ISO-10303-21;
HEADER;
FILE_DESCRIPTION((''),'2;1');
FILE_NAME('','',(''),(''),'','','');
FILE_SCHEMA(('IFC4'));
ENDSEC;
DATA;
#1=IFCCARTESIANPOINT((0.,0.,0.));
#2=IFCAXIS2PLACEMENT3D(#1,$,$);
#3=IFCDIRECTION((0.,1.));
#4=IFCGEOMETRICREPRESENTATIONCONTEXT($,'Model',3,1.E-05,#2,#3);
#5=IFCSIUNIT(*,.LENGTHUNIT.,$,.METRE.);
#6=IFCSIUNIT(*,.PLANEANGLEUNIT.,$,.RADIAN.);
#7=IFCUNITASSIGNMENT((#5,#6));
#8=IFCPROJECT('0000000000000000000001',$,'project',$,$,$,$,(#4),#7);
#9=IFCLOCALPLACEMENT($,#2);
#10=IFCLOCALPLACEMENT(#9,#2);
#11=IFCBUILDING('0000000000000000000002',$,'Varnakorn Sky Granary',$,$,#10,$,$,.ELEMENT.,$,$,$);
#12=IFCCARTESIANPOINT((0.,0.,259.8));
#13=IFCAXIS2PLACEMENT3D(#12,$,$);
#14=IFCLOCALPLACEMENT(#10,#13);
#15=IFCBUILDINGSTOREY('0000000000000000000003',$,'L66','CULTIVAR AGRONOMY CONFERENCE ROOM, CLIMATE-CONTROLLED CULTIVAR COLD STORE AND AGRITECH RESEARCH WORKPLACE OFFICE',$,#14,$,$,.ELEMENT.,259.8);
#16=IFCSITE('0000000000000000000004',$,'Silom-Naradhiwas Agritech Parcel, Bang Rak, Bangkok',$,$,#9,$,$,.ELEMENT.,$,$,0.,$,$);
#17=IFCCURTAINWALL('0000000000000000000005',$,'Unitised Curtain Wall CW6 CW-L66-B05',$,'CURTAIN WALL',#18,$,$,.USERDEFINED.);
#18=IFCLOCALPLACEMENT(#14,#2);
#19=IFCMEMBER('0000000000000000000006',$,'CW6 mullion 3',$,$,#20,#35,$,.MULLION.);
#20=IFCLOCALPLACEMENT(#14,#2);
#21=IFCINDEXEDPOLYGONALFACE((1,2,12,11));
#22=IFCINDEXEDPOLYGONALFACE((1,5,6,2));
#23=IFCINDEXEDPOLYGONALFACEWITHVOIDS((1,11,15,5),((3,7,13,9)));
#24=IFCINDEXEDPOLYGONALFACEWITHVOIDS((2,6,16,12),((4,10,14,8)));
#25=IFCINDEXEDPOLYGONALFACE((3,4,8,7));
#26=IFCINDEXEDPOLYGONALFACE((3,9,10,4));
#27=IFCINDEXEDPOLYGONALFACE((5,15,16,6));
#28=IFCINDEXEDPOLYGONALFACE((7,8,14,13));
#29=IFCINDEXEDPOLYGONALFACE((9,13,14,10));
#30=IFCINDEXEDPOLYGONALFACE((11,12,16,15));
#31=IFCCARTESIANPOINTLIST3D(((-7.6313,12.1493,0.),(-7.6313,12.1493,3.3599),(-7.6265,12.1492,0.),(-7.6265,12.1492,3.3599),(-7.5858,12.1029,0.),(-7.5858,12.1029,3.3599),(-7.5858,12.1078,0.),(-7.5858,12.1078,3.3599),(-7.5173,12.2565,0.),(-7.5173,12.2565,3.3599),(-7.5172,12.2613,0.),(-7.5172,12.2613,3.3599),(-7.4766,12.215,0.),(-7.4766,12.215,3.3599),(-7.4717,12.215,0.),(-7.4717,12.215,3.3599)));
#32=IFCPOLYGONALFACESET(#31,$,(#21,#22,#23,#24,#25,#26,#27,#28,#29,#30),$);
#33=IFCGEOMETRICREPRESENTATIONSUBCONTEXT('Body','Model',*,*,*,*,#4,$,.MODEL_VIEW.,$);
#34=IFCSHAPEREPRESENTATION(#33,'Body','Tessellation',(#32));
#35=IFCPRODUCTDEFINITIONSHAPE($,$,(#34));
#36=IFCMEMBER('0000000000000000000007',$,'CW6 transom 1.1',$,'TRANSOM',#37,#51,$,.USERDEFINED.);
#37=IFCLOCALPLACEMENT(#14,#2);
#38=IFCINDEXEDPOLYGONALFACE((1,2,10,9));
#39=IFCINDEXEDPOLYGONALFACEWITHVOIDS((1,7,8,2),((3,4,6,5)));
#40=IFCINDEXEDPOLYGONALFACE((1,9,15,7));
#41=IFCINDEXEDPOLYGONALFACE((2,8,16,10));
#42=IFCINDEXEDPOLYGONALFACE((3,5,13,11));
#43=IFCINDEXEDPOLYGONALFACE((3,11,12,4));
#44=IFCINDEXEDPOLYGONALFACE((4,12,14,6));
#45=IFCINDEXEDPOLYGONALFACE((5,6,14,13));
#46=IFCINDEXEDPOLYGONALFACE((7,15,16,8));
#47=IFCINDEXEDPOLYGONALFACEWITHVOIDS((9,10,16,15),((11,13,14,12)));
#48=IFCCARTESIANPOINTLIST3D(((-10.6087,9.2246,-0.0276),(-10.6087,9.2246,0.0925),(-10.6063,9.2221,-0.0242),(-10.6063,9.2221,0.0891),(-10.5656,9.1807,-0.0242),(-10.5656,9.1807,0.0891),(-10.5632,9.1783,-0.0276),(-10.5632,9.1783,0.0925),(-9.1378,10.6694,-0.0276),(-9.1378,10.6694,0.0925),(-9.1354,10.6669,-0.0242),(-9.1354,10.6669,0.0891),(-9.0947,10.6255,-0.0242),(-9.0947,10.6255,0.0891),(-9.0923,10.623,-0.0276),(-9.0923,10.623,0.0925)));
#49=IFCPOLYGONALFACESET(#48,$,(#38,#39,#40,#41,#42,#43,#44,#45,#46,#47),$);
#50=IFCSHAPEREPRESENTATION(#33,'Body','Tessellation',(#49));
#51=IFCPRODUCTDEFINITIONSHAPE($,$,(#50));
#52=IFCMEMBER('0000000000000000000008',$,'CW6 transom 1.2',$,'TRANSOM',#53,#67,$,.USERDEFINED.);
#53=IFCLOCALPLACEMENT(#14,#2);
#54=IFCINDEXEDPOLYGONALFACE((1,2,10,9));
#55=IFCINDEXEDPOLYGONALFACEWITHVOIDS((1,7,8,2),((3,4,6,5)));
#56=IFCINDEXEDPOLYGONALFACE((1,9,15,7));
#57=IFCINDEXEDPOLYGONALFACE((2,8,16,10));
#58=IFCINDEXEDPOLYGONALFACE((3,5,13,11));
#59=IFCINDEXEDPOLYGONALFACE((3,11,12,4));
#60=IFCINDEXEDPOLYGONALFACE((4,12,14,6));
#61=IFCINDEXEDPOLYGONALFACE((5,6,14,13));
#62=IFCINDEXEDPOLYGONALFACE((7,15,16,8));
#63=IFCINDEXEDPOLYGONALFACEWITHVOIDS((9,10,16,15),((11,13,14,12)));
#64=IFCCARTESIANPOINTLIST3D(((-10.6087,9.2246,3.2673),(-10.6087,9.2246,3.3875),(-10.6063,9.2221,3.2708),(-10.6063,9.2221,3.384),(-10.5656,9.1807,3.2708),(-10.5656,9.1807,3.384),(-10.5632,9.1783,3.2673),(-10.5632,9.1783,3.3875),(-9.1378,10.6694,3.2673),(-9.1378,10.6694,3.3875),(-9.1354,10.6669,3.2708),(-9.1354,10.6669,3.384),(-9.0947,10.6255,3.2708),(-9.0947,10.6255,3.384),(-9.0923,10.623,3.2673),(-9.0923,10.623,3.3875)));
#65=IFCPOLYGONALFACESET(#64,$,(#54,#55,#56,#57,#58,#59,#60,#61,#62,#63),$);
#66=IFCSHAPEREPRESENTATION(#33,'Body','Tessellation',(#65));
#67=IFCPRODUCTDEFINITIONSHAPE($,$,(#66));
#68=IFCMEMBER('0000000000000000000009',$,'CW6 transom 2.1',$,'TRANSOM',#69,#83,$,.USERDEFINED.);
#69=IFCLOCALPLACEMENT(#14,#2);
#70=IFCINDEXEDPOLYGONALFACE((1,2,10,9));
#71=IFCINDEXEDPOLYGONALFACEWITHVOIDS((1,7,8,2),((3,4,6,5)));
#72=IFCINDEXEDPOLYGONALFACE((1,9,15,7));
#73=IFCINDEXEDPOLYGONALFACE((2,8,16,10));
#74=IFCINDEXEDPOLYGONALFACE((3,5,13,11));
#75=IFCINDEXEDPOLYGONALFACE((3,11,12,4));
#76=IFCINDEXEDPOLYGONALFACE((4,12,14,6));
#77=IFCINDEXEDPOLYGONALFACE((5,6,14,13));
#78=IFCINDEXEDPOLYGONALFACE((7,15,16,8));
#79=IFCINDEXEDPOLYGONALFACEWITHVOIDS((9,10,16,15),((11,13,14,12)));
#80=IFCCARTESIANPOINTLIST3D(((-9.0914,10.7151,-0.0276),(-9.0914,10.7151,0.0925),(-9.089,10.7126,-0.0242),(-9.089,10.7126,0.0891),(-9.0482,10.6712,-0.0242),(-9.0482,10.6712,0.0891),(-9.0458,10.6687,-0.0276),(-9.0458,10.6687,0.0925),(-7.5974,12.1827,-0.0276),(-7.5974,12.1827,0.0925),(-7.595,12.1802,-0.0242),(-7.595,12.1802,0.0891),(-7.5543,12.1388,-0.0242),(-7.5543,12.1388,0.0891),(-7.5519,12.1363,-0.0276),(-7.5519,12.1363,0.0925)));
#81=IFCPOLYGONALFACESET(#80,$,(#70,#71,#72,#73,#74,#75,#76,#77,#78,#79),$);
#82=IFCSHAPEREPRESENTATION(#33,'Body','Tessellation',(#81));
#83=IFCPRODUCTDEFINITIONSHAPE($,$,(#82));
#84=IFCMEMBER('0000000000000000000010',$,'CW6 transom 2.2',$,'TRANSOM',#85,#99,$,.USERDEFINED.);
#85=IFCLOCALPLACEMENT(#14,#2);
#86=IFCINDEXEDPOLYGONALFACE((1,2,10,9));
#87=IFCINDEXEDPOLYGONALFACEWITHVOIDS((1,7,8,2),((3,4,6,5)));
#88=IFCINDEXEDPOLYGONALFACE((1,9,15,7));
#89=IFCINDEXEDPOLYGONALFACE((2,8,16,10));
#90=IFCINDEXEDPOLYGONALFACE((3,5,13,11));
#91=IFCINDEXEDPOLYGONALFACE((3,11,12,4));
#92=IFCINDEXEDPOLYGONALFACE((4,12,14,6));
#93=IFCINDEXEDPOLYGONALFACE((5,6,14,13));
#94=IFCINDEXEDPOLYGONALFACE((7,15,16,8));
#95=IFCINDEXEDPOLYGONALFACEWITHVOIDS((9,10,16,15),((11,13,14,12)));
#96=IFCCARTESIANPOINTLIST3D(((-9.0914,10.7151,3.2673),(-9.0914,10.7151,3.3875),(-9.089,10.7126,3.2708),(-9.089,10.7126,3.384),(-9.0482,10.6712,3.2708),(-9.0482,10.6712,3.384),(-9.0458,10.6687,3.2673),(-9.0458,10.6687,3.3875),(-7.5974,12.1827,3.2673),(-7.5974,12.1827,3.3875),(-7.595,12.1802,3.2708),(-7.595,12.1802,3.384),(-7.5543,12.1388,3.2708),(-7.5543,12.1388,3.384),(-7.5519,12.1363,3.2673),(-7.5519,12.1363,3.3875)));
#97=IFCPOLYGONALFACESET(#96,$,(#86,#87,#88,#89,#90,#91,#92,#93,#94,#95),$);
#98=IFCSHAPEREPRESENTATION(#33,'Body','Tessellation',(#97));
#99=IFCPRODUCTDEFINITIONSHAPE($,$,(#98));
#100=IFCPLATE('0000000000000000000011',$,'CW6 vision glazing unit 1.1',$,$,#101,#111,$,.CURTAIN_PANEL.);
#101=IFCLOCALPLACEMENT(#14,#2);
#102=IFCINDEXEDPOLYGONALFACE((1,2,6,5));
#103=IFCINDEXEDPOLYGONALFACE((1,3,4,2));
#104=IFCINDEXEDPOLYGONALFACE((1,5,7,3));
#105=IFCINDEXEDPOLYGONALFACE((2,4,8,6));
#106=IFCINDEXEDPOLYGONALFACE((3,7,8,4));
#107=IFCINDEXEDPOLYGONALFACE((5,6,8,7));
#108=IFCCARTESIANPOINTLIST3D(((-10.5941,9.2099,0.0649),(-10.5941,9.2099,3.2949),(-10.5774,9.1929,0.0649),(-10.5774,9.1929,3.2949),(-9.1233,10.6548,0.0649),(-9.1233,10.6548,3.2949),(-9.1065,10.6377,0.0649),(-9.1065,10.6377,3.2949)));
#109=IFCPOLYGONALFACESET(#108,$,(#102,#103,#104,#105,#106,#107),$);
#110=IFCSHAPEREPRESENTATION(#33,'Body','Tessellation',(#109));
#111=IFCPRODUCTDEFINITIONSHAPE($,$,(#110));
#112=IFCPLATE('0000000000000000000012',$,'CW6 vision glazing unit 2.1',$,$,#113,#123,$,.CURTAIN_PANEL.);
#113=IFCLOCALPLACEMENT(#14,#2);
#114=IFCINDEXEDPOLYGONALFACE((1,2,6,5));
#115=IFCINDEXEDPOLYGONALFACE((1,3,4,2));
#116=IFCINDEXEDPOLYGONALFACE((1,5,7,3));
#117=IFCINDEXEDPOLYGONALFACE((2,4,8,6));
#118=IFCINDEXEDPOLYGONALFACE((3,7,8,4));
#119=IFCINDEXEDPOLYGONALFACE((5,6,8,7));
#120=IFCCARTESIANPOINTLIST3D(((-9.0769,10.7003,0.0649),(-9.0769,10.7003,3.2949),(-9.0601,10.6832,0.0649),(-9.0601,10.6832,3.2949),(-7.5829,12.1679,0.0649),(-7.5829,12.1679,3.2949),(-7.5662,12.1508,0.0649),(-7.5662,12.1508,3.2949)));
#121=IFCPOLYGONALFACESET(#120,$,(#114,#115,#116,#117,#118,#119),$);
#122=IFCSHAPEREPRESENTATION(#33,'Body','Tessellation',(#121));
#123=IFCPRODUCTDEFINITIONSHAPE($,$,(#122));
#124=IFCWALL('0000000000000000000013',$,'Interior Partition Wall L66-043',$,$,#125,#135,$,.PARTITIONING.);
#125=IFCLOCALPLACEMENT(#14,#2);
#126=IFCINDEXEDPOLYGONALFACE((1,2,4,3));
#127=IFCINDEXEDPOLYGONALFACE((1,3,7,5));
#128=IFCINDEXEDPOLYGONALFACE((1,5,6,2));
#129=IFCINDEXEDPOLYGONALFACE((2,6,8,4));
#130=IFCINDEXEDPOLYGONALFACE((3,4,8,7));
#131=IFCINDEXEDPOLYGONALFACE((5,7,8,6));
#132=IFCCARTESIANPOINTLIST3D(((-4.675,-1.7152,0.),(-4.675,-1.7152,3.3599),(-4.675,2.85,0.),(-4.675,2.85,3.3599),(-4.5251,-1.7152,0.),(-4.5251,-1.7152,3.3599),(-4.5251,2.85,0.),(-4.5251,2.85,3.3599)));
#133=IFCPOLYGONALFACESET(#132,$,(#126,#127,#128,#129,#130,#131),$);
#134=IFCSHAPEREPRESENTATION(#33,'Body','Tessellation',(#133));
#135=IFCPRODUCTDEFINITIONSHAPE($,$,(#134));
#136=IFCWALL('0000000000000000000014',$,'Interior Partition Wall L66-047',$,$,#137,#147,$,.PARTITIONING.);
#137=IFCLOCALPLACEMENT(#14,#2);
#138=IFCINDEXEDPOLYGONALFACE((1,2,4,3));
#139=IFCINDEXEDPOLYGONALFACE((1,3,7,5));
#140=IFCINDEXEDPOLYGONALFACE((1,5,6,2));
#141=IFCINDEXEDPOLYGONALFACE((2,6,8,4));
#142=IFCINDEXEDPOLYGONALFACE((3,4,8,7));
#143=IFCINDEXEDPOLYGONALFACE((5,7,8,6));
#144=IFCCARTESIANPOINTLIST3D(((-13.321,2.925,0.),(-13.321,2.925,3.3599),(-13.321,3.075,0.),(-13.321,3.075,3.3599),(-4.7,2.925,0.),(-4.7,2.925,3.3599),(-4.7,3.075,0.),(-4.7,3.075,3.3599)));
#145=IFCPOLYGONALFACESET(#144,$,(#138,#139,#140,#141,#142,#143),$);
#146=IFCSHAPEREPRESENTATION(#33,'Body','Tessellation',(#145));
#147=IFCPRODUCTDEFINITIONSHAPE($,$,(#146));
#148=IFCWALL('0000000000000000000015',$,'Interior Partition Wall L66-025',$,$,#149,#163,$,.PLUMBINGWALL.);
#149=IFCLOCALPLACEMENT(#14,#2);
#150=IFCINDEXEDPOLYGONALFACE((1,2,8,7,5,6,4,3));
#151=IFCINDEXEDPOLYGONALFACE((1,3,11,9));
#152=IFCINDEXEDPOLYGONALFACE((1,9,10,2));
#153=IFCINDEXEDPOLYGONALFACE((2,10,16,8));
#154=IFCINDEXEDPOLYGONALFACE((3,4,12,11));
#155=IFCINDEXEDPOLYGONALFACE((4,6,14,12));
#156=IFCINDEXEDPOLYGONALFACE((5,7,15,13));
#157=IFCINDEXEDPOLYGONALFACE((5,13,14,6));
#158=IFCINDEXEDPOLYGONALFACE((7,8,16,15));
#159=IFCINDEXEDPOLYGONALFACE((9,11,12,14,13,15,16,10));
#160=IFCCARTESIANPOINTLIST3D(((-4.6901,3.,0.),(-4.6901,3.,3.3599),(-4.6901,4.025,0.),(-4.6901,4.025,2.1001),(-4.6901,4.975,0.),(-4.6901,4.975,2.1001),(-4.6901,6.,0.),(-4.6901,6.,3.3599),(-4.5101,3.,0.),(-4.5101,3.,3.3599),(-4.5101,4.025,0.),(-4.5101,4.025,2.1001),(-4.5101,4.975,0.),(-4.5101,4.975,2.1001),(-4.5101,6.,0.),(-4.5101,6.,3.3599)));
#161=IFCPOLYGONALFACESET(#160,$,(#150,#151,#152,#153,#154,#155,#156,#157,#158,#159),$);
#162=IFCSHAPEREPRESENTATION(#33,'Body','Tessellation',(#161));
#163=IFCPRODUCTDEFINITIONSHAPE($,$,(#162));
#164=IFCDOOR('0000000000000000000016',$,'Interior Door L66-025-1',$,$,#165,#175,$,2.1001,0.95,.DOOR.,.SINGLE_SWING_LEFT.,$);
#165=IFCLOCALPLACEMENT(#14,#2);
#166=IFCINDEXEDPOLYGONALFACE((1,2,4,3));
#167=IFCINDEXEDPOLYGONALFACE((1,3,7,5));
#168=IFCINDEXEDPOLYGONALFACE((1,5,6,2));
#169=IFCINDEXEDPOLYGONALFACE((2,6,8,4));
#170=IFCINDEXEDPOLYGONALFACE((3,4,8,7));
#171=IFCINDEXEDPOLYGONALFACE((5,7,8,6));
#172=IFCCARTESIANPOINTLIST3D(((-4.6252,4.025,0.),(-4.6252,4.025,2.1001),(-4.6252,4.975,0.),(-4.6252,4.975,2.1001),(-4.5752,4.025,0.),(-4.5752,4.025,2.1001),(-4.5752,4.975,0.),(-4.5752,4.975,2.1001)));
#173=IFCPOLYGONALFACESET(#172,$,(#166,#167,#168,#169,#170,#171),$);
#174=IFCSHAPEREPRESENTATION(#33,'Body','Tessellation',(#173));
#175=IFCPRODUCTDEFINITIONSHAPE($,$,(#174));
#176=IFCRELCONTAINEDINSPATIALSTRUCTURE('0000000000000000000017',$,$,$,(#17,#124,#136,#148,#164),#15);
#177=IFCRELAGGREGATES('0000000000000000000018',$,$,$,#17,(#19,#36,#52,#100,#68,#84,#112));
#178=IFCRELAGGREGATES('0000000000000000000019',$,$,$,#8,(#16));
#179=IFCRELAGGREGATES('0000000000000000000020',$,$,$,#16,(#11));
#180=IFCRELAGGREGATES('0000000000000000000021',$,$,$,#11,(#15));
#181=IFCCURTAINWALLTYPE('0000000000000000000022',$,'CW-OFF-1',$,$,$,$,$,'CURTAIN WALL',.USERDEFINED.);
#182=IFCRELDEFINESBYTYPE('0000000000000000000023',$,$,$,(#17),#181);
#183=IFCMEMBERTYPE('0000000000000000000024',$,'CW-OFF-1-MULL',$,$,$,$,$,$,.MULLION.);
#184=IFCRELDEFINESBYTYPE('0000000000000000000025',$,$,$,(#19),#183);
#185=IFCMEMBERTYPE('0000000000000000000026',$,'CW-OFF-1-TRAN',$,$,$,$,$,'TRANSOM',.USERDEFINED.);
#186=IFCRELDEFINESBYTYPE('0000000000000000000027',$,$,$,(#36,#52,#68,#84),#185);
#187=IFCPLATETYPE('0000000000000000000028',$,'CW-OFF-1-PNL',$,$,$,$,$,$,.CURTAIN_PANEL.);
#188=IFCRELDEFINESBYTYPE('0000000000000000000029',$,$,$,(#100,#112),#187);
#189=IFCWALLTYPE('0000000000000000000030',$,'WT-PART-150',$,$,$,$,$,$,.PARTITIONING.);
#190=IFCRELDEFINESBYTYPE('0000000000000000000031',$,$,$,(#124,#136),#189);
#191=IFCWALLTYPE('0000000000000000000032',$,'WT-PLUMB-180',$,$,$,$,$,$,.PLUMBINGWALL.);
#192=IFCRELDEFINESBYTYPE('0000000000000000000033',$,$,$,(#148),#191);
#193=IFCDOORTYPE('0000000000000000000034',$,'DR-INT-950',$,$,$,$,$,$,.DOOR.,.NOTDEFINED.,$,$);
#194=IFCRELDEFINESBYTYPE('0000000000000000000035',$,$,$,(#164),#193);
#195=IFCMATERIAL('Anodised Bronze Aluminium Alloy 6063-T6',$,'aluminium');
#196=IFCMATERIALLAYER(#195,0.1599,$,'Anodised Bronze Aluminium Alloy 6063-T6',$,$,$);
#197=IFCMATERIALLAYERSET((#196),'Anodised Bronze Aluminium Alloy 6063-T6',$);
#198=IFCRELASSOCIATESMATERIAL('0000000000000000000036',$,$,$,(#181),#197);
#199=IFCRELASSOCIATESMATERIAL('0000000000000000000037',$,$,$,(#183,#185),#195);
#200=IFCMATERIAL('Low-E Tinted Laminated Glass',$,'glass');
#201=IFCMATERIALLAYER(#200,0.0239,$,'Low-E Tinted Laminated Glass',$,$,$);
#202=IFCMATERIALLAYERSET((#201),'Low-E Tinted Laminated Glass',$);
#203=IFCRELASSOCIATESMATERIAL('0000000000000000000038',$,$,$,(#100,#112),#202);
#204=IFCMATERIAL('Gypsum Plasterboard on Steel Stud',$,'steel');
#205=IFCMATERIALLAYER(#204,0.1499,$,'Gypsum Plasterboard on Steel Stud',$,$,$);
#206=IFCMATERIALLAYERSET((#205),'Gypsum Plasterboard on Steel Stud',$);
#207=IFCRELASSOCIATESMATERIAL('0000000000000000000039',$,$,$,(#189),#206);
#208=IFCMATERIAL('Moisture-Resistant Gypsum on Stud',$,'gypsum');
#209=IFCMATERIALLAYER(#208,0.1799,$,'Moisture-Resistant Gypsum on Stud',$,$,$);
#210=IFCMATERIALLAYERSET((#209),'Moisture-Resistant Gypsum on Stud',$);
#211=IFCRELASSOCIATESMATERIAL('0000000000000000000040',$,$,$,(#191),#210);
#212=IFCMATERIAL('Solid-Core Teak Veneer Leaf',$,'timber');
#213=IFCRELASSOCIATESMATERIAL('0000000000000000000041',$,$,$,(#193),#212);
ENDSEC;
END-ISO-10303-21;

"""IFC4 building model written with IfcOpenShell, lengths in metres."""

from ifc_helpers import new_model, si_unit, direction, frame, frame_2d, origin, origin_2d, place, context, subcontext, project, spatial, rectangle, hollow_rectangle, extrude, source, transform, mapped, material, layer, layer_set, material_profile, profile_set, type_object, type_shapes, element, fill, aggregate, save


model = new_model("IFC4")

# Units and contexts
model_context = context("Model", 3, precision=1e-05, world=origin(), true_north=direction((0.0, 1.0)))
body_context = subcontext(model_context, "Body", "Model", "MODEL_VIEW")
ifc_project = project(units=[si_unit("LENGTHUNIT", "METRE"), si_unit("PLANEANGLEUNIT", "RADIAN")], contexts=[model_context])

# Site, building, storey
site_placement = place(None, origin())
site = spatial("IfcSite", under=ifc_project, at=site_placement, Name="Silom-Naradhiwas Agritech Parcel, Bang Rak, Bangkok", CompositionType="ELEMENT", RefElevation=0.0)
building_placement = place(site_placement, origin())
building = spatial("IfcBuilding", under=site, at=building_placement, Name="Varnakorn Sky Granary", CompositionType="ELEMENT")
storey_placement = place(building_placement, frame((0.0, 0.0, 259.8)))
storey = spatial("IfcBuildingStorey", under=building, at=storey_placement, Name="L66", Description="CULTIVAR AGRONOMY CONFERENCE ROOM, CLIMATE-CONTROLLED CULTIVAR COLD STORE AND AGRITECH RESEARCH WORKPLACE OFFICE", CompositionType="ELEMENT", Elevation=259.8)

# Curtain wall, members, plates
ifc_material_1 = material(Name="Anodised Bronze Aluminium Alloy 6063-T6", Category="aluminium")
ifc_layer_1 = layer(ifc_material_1, 0.1599, Name="Anodised Bronze Aluminium Alloy 6063-T6")
ifc_layer_set_1 = layer_set([ifc_layer_1], Name="Anodised Bronze Aluminium Alloy 6063-T6")
curtain_wall_type = type_object("IfcCurtainWallType", Name="CW-OFF-1", ElementType="CURTAIN WALL", PredefinedType="USERDEFINED", material=ifc_layer_set_1)
curtain_wall_placement = place(storey_placement, origin())
curtain_wall = element("IfcCurtainWall", 1, at=curtain_wall_placement, inside=storey, type_object=curtain_wall_type, Name="Unitised Curtain Wall CW6 CW-L66-B05", ObjectType="CURTAIN WALL", PredefinedType="USERDEFINED")
ifc_material_profile_1 = material_profile(ifc_material_1, hollow_rectangle(XDim=0.0649, YDim=0.1599, WallThickness=0.0034, at=origin_2d()), Name="ALU MULL 65x160")
ifc_profile_set_1 = profile_set([ifc_material_profile_1], Name="Anodised Bronze Aluminium Alloy 6063-T6")
member_type_1 = type_object("IfcMemberType", Name="CW-OFF-1-MULL", PredefinedType="MULLION", material=ifc_profile_set_1)
member_1_placement = place(storey_placement, frame((-7.5515, 12.1821, 0.0), z_axis=(0.0, 0.0, 1.0), x_axis=(-0.700774, 0.713383, 0.0)))
member_1 = element("IfcMember", 2, at=member_1_placement, type_object=member_type_1, Name="CW6 mullion 3", PredefinedType="MULLION", context=body_context, shape_type="SweptSolid", body=[
    extrude(hollow_rectangle(XDim=0.0649, YDim=0.1599, WallThickness=0.0034, at=origin_2d()), origin(), (0.0, 0.0, 1.0), 3.3599),
])
ifc_material_profile_2 = material_profile(ifc_material_1, hollow_rectangle(XDim=0.0649, YDim=0.1201, WallThickness=0.0034, at=origin_2d()), Name="ALU TRAN 65x120")
ifc_profile_set_2 = profile_set([ifc_material_profile_2], Name="Anodised Bronze Aluminium Alloy 6063-T6")
member_type_2 = type_object("IfcMemberType", Name="CW-OFF-1-TRAN", ElementType="TRANSOM", PredefinedType="USERDEFINED", material=ifc_profile_set_2)
member_2_placement = place(storey_placement, frame((-10.5859, 9.2014, 0.0325), z_axis=(0.713413, 0.700744, 0.0), x_axis=(-0.700744, 0.713413, 0.0)))
member_2 = element("IfcMember", 3, at=member_2_placement, type_object=member_type_2, Name="CW6 transom 1.1", ObjectType="TRANSOM", PredefinedType="USERDEFINED", context=body_context, shape_type="SweptSolid", body=[
    extrude(hollow_rectangle(XDim=0.0649, YDim=0.1201, WallThickness=0.0034, at=origin_2d()), origin(), (0.0, 0.0, 1.0), 2.0618),
])
member_3_placement = place(storey_placement, frame((-10.5859, 9.2014, 3.3274), z_axis=(0.713413, 0.700744, 0.0), x_axis=(-0.700744, 0.713413, 0.0)))
member_3 = element("IfcMember", 4, at=member_3_placement, type_object=member_type_2, Name="CW6 transom 1.2", ObjectType="TRANSOM", PredefinedType="USERDEFINED", context=body_context, shape_type="SweptSolid", body=[
    extrude(hollow_rectangle(XDim=0.0649, YDim=0.1201, WallThickness=0.0034, at=origin_2d()), origin(), (0.0, 0.0, 1.0), 2.0618),
])
member_4_placement = place(storey_placement, frame((-9.0686, 10.6919, 0.0325), z_axis=(0.713374, 0.700783, 0.0), x_axis=(-0.700783, 0.713374, 0.0)))
member_4 = element("IfcMember", 5, at=member_4_placement, type_object=member_type_2, Name="CW6 transom 2.1", ObjectType="TRANSOM", PredefinedType="USERDEFINED", context=body_context, shape_type="SweptSolid", body=[
    extrude(hollow_rectangle(XDim=0.0649, YDim=0.1201, WallThickness=0.0034, at=origin_2d()), origin(), (0.0, 0.0, 1.0), 2.0942),
])
member_5_placement = place(storey_placement, frame((-9.0686, 10.6919, 3.3274), z_axis=(0.713374, 0.700783, 0.0), x_axis=(-0.700783, 0.713374, 0.0)))
member_5 = element("IfcMember", 6, at=member_5_placement, type_object=member_type_2, Name="CW6 transom 2.2", ObjectType="TRANSOM", PredefinedType="USERDEFINED", context=body_context, shape_type="SweptSolid", body=[
    extrude(hollow_rectangle(XDim=0.0649, YDim=0.1201, WallThickness=0.0034, at=origin_2d()), origin(), (0.0, 0.0, 1.0), 2.0942),
])
ifc_material_2 = material(Name="Low-E Tinted Laminated Glass", Category="glass")
ifc_layer_2 = layer(ifc_material_2, 0.0239, Name="Low-E Tinted Laminated Glass")
ifc_layer_set_2 = layer_set([ifc_layer_2], Name="Low-E Tinted Laminated Glass")
plate_type = type_object("IfcPlateType", Name="CW-OFF-1-PNL", PredefinedType="CURTAIN_PANEL")
shared_shape_1 = source(origin(), body_context, "Body", "SweptSolid", [
    extrude(rectangle(XDim=2.0618, YDim=0.0239, at=origin_2d()), origin(), (0.0, 0.0, 1.0), 3.23),
])
plate_1_placement = place(storey_placement, frame((-9.8503, 9.9238, 0.0649), z_axis=(0.0, 0.0, 1.0), x_axis=(0.713383, 0.700774, 0.0)))
plate_1 = element("IfcPlate", 7, at=plate_1_placement, type_object=plate_type, material=ifc_layer_set_2, Name="CW6 vision glazing unit 1.1", PredefinedType="CURTAIN_PANEL", context=body_context, shape_type="MappedRepresentation", body=[
    mapped(shared_shape_1, transform((0.0, 0.0, 0.0), x_axis=(1.0, 0.0, 0.0), y_axis=(0.0, 1.0, 0.0), z_axis=(0.0, 0.0, 1.0), scale=1.0)),
])
shared_shape_2 = source(origin(), body_context, "Body", "SweptSolid", [
    extrude(rectangle(XDim=2.0942, YDim=0.0239, at=origin_2d()), origin(), (0.0, 0.0, 1.0), 3.23),
])
type_shapes(plate_type, [shared_shape_1, shared_shape_2])
plate_2_placement = place(storey_placement, frame((-8.3215, 11.4255, 0.0649), z_axis=(0.0, 0.0, 1.0), x_axis=(0.713383, 0.700774, 0.0)))
plate_2 = element("IfcPlate", 8, at=plate_2_placement, type_object=plate_type, material=ifc_layer_set_2, Name="CW6 vision glazing unit 2.1", PredefinedType="CURTAIN_PANEL", context=body_context, shape_type="MappedRepresentation", body=[
    mapped(shared_shape_2, transform((0.0, 0.0, 0.0), x_axis=(1.0, 0.0, 0.0), y_axis=(0.0, 1.0, 0.0), z_axis=(0.0, 0.0, 1.0), scale=1.0)),
])
aggregate(curtain_wall, [member_1, member_2, member_3, plate_1, member_4, member_5, plate_2])

# Walls
ifc_material_3 = material(Name="Gypsum Plasterboard on Steel Stud", Category="steel")
ifc_layer_3 = layer(ifc_material_3, 0.1499, Name="Gypsum Plasterboard on Steel Stud")
ifc_layer_set_3 = layer_set([ifc_layer_3], Name="Gypsum Plasterboard on Steel Stud")
wall_type_1 = type_object("IfcWallType", Name="WT-PART-150", PredefinedType="PARTITIONING", material=ifc_layer_set_3)
wall_1_placement = place(storey_placement, frame((-4.6001, 2.8501, 0.0), z_axis=(0.0, 0.0, 1.0), x_axis=(0.0, -1.0, 0.0)))
element("IfcWall", 9, at=wall_1_placement, inside=storey, type_object=wall_type_1, Name="Interior Partition Wall L66-043", PredefinedType="PARTITIONING", context=body_context, shape_type="SweptSolid", body=[
    extrude(rectangle(XDim=4.5652, YDim=0.1499, at=frame_2d((2.2827, 0.0))), origin(), (0.0, 0.0, 1.0), 3.3599),
])
wall_2_placement = place(storey_placement, frame((-13.321, 3.0, 0.0), z_axis=(0.0, 0.0, 1.0), x_axis=(1.0, 0.0, 0.0)))
element("IfcWall", 10, at=wall_2_placement, inside=storey, type_object=wall_type_1, Name="Interior Partition Wall L66-047", PredefinedType="PARTITIONING", context=body_context, shape_type="SweptSolid", body=[
    extrude(rectangle(XDim=8.6211, YDim=0.1499, at=frame_2d((4.3105, 0.0))), origin(), (0.0, 0.0, 1.0), 3.3599),
])

# Wall, opening, door
ifc_material_4 = material(Name="Moisture-Resistant Gypsum on Stud", Category="gypsum")
ifc_layer_4 = layer(ifc_material_4, 0.1799, Name="Moisture-Resistant Gypsum on Stud")
ifc_layer_set_4 = layer_set([ifc_layer_4], Name="Moisture-Resistant Gypsum on Stud")
wall_type_2 = type_object("IfcWallType", Name="WT-PLUMB-180", PredefinedType="PLUMBINGWALL", material=ifc_layer_set_4)
wall_3_placement = place(storey_placement, frame((-4.6001, 6.0, 0.0), z_axis=(0.0, 0.0, 1.0), x_axis=(0.0, -1.0, 0.0)))
wall_3 = element("IfcWall", 11, at=wall_3_placement, inside=storey, type_object=wall_type_2, Name="Interior Partition Wall L66-025", PredefinedType="PLUMBINGWALL", context=body_context, shape_type="SweptSolid", body=[
    extrude(rectangle(XDim=3.0, YDim=0.1799, at=frame_2d((1.5, 0.0))), origin(), (0.0, 0.0, 1.0), 3.3599),
])
opening_placement = place(wall_3_placement, frame((1.0249, 0.0, 0.0)))
opening = element("IfcOpeningElement", 12, at=opening_placement, cuts=wall_3, PredefinedType="OPENING", context=body_context, shape_type="SweptSolid", body=[
    extrude(rectangle(XDim=0.95, YDim=2.1001, at=frame_2d((0.4751, 1.05))), frame((0.0, 0.1001, 0.0), z_axis=(0.0, -1.0, 0.0), x_axis=(1.0, 0.0, 0.0)), (0.0, 0.0, 1.0), 0.2),
])
ifc_material_5 = material(Name="Solid-Core Teak Veneer Leaf", Category="timber")
door_type = type_object("IfcDoorType", Name="DR-INT-950", OperationType="NOTDEFINED", PredefinedType="DOOR", material=ifc_material_5)
door_placement = place(opening_placement, origin())
door = element("IfcDoor", 13, at=door_placement, inside=storey, type_object=door_type, Name="Interior Door L66-025-1", OperationType="SINGLE_SWING_LEFT", OverallHeight=2.1001, OverallWidth=0.95, PredefinedType="DOOR", context=body_context, shape_type="SweptSolid", body=[
    extrude(rectangle(XDim=0.95, YDim=2.1001, at=frame_2d((0.4751, 1.05))), frame((0.0, 0.0249, 0.0), z_axis=(0.0, -1.0, 0.0), x_axis=(1.0, 0.0, 0.0)), (0.0, 0.0, 1.0), 0.05),
])
fill(opening, door)

save(model, "model.ifc")
